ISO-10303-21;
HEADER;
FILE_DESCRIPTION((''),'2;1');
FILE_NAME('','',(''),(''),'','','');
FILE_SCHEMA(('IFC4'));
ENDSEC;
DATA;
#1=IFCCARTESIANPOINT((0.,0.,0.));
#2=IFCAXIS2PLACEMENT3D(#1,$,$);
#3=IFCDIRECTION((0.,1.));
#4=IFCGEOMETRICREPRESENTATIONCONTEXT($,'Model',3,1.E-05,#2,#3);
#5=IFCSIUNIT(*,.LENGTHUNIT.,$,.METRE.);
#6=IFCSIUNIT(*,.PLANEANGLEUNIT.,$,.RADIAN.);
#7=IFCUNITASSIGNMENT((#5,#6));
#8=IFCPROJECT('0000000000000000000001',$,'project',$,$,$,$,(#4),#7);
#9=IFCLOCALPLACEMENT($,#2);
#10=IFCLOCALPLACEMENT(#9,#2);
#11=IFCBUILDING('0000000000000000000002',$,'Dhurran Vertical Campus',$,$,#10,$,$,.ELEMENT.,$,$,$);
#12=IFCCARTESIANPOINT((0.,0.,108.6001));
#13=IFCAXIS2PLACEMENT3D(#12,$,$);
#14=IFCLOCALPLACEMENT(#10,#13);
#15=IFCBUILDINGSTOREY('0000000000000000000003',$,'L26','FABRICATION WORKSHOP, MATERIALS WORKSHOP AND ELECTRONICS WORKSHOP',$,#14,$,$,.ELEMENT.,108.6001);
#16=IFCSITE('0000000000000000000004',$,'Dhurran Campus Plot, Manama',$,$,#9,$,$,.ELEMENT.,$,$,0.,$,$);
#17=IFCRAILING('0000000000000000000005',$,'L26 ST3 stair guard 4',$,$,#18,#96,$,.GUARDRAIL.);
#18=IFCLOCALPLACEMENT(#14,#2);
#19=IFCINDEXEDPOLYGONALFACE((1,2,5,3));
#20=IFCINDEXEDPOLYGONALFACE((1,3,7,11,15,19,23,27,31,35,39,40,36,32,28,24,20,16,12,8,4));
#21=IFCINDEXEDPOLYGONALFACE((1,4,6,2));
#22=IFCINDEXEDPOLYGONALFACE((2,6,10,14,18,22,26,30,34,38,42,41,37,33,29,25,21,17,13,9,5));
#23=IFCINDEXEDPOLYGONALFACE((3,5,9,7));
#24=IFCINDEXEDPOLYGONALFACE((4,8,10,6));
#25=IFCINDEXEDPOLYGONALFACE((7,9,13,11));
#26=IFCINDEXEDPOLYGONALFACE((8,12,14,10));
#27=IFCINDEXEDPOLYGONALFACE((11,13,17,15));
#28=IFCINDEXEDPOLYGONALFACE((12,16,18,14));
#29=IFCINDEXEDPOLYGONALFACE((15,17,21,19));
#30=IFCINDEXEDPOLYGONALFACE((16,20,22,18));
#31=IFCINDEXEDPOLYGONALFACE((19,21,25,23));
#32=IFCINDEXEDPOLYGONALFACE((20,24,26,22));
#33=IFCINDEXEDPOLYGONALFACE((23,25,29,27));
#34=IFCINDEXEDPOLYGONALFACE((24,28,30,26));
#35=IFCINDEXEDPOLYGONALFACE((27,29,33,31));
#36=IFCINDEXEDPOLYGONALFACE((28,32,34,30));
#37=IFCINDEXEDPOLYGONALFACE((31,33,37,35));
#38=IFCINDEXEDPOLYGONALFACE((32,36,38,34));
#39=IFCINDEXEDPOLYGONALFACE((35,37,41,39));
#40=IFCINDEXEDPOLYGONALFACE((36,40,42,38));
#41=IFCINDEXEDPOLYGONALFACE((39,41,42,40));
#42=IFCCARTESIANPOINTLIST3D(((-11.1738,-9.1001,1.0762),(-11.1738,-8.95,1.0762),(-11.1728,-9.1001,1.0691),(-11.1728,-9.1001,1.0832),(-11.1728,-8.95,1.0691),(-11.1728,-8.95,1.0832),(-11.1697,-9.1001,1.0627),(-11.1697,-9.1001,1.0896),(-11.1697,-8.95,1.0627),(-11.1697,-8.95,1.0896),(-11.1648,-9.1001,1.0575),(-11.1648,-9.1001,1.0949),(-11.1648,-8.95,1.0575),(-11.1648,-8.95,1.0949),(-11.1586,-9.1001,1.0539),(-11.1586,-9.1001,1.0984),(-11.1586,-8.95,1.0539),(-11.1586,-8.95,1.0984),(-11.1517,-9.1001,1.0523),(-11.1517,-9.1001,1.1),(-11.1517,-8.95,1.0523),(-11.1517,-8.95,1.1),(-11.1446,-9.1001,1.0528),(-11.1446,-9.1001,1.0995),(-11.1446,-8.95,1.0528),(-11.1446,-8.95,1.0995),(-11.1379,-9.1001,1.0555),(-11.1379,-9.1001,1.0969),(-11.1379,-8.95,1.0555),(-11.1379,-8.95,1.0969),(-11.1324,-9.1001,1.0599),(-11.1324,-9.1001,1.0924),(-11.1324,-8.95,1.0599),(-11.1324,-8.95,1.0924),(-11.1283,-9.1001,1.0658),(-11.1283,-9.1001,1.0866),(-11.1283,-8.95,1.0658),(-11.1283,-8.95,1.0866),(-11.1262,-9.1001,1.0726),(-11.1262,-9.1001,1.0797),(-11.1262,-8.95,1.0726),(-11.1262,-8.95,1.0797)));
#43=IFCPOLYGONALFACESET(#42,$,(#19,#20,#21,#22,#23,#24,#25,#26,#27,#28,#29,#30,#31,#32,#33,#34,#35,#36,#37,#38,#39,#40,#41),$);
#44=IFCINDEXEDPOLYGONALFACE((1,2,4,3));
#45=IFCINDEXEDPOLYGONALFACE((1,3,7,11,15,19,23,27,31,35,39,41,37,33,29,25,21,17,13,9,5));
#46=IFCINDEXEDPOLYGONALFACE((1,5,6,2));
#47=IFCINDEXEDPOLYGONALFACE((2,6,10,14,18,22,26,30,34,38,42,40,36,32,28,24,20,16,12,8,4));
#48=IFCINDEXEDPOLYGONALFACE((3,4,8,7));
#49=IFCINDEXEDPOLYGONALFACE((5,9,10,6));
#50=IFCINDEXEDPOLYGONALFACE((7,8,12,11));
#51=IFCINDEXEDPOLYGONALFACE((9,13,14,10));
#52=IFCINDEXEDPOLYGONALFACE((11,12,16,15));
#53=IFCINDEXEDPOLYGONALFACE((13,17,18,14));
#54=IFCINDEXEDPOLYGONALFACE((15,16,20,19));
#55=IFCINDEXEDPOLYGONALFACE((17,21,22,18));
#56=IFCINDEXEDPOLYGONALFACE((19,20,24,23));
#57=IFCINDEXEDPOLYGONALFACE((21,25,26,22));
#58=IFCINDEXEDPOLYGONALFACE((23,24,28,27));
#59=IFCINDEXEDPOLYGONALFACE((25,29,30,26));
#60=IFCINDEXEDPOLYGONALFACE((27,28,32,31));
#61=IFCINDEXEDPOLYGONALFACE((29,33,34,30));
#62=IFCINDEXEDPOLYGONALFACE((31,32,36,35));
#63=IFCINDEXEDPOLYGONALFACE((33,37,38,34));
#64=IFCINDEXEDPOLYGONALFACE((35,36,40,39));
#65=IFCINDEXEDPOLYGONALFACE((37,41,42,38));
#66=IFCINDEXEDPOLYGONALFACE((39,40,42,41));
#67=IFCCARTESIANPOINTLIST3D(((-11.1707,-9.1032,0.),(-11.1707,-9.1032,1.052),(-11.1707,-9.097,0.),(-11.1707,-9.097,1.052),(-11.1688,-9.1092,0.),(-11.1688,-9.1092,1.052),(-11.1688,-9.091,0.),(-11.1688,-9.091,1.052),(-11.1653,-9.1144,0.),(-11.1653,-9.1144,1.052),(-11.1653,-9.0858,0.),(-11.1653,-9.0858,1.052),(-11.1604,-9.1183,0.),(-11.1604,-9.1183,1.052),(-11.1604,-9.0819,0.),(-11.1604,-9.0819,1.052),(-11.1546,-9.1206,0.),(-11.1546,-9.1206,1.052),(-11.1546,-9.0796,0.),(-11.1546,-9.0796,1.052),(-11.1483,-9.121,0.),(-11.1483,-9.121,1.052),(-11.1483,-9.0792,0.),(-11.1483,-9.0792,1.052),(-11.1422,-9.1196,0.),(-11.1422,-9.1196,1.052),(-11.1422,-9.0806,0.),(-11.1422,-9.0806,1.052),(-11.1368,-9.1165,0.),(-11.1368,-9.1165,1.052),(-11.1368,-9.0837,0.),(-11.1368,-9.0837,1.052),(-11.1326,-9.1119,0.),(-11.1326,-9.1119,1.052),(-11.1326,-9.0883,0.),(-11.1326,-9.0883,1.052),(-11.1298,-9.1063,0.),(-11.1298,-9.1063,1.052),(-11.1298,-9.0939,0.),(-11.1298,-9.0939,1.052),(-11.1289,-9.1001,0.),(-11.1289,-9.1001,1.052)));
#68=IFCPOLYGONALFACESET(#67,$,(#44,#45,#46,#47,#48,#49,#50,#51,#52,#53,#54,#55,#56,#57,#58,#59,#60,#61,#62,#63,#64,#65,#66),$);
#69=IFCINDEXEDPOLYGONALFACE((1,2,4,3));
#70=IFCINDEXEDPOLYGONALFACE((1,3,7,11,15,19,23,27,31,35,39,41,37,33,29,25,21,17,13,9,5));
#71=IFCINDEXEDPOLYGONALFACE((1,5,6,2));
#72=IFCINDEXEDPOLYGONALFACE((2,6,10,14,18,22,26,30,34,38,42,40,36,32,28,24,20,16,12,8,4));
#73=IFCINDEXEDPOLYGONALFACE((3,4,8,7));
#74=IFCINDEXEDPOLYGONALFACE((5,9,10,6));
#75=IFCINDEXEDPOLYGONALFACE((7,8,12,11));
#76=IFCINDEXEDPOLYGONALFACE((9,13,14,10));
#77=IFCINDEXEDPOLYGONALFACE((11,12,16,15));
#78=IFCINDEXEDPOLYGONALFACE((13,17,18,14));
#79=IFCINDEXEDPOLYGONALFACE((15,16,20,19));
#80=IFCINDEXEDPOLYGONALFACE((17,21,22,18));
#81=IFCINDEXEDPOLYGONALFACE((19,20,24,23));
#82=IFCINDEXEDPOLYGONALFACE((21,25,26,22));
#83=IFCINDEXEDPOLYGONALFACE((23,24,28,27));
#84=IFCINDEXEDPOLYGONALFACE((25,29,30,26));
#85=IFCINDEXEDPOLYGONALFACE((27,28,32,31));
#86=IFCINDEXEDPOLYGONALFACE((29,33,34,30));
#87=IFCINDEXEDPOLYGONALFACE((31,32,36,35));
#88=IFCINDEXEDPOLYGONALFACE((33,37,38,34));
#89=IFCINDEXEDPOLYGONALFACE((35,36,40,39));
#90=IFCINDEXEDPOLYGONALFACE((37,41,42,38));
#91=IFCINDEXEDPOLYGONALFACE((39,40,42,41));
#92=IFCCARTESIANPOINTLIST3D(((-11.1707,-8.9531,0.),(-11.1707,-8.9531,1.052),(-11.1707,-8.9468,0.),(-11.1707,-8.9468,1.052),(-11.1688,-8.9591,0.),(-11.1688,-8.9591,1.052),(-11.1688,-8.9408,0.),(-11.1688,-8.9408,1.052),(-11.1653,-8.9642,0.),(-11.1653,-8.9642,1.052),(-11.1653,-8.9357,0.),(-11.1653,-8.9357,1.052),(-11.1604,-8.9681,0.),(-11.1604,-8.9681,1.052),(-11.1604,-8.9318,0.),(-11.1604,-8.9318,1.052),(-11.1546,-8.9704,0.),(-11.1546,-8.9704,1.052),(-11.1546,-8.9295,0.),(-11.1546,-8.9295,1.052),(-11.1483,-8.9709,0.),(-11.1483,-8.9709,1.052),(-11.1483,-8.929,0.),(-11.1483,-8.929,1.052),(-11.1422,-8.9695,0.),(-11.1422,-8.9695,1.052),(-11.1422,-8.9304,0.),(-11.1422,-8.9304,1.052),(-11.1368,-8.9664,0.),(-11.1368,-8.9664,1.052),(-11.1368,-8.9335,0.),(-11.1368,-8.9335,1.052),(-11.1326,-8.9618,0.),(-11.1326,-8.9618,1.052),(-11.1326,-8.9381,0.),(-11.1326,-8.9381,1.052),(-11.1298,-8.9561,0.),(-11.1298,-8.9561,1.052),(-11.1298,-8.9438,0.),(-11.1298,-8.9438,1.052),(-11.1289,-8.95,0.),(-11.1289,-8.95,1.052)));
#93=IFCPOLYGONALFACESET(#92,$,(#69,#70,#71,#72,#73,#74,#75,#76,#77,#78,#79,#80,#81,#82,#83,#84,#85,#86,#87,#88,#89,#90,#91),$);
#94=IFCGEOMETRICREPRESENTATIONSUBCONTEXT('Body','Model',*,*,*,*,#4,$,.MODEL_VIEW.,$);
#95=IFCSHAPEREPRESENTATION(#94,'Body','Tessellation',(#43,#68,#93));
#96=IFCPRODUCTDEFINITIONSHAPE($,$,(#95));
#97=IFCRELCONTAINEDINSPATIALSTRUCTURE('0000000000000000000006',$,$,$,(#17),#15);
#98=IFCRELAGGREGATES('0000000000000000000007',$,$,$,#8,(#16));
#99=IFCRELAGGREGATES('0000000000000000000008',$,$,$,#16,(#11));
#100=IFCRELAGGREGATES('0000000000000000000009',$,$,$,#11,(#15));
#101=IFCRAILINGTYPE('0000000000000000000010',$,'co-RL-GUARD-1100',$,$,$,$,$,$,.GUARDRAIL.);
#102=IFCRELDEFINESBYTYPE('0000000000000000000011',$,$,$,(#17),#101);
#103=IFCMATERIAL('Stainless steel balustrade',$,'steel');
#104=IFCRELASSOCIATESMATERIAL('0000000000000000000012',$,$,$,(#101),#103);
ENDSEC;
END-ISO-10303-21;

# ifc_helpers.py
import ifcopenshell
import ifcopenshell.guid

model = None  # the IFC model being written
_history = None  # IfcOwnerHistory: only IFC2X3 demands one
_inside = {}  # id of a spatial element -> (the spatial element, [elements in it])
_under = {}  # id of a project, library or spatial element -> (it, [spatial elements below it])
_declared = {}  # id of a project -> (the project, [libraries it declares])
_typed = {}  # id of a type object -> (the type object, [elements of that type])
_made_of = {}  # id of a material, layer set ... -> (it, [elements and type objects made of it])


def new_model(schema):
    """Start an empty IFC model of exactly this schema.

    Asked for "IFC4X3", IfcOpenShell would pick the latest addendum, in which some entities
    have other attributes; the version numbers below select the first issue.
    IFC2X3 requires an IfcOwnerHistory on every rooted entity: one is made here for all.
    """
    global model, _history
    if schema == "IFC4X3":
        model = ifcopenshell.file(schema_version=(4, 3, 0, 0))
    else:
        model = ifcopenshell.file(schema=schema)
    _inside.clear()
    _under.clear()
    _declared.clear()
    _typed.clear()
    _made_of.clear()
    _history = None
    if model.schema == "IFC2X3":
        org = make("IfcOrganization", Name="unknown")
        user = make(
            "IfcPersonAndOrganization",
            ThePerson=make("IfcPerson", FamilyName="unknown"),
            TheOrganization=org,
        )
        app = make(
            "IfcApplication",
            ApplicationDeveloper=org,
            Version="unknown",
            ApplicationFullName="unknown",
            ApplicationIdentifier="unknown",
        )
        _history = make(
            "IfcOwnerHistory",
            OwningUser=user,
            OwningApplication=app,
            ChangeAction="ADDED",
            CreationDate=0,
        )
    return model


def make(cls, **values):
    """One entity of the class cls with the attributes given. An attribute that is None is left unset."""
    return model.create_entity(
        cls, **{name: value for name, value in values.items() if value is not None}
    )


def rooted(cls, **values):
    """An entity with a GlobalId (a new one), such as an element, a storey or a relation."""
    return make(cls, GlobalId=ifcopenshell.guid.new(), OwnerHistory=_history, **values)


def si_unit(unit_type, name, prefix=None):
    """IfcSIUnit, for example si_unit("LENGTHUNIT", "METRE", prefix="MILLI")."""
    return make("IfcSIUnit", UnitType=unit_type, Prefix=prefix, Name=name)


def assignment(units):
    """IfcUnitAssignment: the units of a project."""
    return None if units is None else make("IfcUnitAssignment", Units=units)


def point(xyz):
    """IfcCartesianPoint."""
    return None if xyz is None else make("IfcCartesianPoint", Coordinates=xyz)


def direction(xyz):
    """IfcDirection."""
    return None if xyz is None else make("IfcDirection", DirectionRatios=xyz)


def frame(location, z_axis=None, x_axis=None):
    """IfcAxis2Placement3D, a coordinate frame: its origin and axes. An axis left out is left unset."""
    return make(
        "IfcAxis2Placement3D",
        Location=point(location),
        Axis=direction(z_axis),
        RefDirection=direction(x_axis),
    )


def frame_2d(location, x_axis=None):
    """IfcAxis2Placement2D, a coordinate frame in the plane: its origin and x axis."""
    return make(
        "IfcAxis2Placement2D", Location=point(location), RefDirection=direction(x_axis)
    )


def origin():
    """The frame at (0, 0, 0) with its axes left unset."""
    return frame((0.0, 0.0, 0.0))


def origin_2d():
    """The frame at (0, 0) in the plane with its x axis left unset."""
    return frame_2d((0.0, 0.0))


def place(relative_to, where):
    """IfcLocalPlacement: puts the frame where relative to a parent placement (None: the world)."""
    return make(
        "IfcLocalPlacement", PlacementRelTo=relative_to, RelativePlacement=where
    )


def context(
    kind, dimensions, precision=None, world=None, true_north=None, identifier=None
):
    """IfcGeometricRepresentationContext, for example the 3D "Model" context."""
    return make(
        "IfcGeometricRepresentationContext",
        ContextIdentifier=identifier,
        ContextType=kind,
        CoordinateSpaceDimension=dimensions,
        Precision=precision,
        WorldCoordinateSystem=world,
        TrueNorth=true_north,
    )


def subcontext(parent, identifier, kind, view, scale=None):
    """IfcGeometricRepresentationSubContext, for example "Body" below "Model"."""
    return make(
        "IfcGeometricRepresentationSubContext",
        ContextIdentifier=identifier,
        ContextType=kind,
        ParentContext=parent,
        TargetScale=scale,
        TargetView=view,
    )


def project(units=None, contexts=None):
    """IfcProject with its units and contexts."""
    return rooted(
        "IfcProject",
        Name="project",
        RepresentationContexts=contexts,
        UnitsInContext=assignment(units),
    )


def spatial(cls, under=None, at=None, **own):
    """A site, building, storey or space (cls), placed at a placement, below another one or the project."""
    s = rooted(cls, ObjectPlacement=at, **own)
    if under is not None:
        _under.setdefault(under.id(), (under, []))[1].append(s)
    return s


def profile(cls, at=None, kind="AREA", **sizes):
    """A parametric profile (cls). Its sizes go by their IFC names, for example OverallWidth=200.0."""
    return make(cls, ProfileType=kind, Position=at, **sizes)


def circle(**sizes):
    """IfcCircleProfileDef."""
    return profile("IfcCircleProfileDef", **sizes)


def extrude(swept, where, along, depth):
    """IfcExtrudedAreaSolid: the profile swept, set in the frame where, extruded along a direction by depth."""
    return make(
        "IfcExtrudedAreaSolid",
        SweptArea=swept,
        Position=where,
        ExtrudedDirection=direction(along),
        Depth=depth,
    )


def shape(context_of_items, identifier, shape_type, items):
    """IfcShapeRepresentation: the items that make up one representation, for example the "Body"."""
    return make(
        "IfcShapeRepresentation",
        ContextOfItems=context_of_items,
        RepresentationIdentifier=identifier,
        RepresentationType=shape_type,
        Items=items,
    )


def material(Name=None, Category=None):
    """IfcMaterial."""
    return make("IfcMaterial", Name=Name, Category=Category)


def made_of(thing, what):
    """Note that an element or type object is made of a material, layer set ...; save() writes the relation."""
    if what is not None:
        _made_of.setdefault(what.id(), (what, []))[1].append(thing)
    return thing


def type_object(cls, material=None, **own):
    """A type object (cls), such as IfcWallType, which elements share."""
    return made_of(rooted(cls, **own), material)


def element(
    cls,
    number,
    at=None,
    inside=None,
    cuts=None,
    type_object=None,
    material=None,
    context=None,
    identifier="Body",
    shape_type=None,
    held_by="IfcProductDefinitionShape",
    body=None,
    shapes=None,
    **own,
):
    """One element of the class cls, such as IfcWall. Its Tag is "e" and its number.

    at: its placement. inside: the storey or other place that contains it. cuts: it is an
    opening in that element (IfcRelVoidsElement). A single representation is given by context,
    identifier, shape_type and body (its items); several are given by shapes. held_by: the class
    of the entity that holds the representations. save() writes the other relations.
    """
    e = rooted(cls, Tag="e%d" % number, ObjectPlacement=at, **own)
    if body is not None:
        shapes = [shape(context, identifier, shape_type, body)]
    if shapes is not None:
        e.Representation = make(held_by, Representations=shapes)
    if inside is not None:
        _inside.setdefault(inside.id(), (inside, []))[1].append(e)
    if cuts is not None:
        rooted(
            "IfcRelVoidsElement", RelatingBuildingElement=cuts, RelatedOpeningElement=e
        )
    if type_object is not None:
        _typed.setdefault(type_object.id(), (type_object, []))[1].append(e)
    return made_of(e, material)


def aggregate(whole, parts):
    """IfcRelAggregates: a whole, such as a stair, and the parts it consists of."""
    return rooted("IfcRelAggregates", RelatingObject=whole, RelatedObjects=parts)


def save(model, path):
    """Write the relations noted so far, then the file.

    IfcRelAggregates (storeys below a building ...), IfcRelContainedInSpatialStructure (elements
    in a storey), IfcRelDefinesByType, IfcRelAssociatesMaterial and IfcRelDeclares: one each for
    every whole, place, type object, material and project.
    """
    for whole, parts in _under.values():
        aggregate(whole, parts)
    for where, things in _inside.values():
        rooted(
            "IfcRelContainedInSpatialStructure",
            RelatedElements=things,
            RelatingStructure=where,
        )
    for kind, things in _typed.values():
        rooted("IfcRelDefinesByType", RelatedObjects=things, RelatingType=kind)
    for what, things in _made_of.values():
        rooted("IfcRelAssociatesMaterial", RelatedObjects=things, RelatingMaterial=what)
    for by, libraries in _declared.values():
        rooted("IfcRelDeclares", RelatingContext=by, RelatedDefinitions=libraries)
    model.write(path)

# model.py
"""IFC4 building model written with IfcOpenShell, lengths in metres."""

from ifc_helpers import new_model, si_unit, direction, frame, origin, origin_2d, place, context, subcontext, project, spatial, circle, extrude, material, type_object, element, save


model = new_model("IFC4")

# Units and contexts
model_context = context("Model", 3, precision=1e-05, world=origin(), true_north=direction((0.0, 1.0)))
body_context = subcontext(model_context, "Body", "Model", "MODEL_VIEW")
ifc_project = project(units=[si_unit("LENGTHUNIT", "METRE"), si_unit("PLANEANGLEUNIT", "RADIAN")], contexts=[model_context])

# Site, building, storey
site_placement = place(None, origin())
site = spatial("IfcSite", under=ifc_project, at=site_placement, Name="Dhurran Campus Plot, Manama", CompositionType="ELEMENT", RefElevation=0.0)
building_placement = place(site_placement, origin())
building = spatial("IfcBuilding", under=site, at=building_placement, Name="Dhurran Vertical Campus", CompositionType="ELEMENT")
storey_placement = place(building_placement, frame((0.0, 0.0, 108.6001)))
storey = spatial("IfcBuildingStorey", under=building, at=storey_placement, Name="L26", Description="FABRICATION WORKSHOP, MATERIALS WORKSHOP AND ELECTRONICS WORKSHOP", CompositionType="ELEMENT", Elevation=108.6001)

# Railing
ifc_material_1 = material(Name="Stainless steel balustrade", Category="steel")
railing_type_1 = type_object("IfcRailingType", Name="co-RL-GUARD-1100", PredefinedType="GUARDRAIL", material=ifc_material_1)
railing_1_placement = place(storey_placement, frame((-11.1499, -9.1001, 0.0)))
element("IfcRailing", 1, at=railing_1_placement, inside=storey, type_object=railing_type_1, Name="L26 ST3 stair guard 4", PredefinedType="GUARDRAIL", context=body_context, shape_type="SweptSolid", body=[
    extrude(circle(Radius=0.0239, at=origin_2d()), frame((0.0, 0.0, 1.0762), z_axis=(0.0, 1.0, 0.0), x_axis=(-1.0, 0.0, 0.0)), (0.0, 0.0, 1.0), 0.1501),
    extrude(circle(Radius=0.021, at=origin_2d()), origin(), (0.0, 0.0, 1.0), 1.052),
    extrude(circle(Radius=0.021, at=origin_2d()), frame((0.0, 0.1501, 0.0)), (0.0, 0.0, 1.0), 1.052),
])

save(model, "model.ifc")
